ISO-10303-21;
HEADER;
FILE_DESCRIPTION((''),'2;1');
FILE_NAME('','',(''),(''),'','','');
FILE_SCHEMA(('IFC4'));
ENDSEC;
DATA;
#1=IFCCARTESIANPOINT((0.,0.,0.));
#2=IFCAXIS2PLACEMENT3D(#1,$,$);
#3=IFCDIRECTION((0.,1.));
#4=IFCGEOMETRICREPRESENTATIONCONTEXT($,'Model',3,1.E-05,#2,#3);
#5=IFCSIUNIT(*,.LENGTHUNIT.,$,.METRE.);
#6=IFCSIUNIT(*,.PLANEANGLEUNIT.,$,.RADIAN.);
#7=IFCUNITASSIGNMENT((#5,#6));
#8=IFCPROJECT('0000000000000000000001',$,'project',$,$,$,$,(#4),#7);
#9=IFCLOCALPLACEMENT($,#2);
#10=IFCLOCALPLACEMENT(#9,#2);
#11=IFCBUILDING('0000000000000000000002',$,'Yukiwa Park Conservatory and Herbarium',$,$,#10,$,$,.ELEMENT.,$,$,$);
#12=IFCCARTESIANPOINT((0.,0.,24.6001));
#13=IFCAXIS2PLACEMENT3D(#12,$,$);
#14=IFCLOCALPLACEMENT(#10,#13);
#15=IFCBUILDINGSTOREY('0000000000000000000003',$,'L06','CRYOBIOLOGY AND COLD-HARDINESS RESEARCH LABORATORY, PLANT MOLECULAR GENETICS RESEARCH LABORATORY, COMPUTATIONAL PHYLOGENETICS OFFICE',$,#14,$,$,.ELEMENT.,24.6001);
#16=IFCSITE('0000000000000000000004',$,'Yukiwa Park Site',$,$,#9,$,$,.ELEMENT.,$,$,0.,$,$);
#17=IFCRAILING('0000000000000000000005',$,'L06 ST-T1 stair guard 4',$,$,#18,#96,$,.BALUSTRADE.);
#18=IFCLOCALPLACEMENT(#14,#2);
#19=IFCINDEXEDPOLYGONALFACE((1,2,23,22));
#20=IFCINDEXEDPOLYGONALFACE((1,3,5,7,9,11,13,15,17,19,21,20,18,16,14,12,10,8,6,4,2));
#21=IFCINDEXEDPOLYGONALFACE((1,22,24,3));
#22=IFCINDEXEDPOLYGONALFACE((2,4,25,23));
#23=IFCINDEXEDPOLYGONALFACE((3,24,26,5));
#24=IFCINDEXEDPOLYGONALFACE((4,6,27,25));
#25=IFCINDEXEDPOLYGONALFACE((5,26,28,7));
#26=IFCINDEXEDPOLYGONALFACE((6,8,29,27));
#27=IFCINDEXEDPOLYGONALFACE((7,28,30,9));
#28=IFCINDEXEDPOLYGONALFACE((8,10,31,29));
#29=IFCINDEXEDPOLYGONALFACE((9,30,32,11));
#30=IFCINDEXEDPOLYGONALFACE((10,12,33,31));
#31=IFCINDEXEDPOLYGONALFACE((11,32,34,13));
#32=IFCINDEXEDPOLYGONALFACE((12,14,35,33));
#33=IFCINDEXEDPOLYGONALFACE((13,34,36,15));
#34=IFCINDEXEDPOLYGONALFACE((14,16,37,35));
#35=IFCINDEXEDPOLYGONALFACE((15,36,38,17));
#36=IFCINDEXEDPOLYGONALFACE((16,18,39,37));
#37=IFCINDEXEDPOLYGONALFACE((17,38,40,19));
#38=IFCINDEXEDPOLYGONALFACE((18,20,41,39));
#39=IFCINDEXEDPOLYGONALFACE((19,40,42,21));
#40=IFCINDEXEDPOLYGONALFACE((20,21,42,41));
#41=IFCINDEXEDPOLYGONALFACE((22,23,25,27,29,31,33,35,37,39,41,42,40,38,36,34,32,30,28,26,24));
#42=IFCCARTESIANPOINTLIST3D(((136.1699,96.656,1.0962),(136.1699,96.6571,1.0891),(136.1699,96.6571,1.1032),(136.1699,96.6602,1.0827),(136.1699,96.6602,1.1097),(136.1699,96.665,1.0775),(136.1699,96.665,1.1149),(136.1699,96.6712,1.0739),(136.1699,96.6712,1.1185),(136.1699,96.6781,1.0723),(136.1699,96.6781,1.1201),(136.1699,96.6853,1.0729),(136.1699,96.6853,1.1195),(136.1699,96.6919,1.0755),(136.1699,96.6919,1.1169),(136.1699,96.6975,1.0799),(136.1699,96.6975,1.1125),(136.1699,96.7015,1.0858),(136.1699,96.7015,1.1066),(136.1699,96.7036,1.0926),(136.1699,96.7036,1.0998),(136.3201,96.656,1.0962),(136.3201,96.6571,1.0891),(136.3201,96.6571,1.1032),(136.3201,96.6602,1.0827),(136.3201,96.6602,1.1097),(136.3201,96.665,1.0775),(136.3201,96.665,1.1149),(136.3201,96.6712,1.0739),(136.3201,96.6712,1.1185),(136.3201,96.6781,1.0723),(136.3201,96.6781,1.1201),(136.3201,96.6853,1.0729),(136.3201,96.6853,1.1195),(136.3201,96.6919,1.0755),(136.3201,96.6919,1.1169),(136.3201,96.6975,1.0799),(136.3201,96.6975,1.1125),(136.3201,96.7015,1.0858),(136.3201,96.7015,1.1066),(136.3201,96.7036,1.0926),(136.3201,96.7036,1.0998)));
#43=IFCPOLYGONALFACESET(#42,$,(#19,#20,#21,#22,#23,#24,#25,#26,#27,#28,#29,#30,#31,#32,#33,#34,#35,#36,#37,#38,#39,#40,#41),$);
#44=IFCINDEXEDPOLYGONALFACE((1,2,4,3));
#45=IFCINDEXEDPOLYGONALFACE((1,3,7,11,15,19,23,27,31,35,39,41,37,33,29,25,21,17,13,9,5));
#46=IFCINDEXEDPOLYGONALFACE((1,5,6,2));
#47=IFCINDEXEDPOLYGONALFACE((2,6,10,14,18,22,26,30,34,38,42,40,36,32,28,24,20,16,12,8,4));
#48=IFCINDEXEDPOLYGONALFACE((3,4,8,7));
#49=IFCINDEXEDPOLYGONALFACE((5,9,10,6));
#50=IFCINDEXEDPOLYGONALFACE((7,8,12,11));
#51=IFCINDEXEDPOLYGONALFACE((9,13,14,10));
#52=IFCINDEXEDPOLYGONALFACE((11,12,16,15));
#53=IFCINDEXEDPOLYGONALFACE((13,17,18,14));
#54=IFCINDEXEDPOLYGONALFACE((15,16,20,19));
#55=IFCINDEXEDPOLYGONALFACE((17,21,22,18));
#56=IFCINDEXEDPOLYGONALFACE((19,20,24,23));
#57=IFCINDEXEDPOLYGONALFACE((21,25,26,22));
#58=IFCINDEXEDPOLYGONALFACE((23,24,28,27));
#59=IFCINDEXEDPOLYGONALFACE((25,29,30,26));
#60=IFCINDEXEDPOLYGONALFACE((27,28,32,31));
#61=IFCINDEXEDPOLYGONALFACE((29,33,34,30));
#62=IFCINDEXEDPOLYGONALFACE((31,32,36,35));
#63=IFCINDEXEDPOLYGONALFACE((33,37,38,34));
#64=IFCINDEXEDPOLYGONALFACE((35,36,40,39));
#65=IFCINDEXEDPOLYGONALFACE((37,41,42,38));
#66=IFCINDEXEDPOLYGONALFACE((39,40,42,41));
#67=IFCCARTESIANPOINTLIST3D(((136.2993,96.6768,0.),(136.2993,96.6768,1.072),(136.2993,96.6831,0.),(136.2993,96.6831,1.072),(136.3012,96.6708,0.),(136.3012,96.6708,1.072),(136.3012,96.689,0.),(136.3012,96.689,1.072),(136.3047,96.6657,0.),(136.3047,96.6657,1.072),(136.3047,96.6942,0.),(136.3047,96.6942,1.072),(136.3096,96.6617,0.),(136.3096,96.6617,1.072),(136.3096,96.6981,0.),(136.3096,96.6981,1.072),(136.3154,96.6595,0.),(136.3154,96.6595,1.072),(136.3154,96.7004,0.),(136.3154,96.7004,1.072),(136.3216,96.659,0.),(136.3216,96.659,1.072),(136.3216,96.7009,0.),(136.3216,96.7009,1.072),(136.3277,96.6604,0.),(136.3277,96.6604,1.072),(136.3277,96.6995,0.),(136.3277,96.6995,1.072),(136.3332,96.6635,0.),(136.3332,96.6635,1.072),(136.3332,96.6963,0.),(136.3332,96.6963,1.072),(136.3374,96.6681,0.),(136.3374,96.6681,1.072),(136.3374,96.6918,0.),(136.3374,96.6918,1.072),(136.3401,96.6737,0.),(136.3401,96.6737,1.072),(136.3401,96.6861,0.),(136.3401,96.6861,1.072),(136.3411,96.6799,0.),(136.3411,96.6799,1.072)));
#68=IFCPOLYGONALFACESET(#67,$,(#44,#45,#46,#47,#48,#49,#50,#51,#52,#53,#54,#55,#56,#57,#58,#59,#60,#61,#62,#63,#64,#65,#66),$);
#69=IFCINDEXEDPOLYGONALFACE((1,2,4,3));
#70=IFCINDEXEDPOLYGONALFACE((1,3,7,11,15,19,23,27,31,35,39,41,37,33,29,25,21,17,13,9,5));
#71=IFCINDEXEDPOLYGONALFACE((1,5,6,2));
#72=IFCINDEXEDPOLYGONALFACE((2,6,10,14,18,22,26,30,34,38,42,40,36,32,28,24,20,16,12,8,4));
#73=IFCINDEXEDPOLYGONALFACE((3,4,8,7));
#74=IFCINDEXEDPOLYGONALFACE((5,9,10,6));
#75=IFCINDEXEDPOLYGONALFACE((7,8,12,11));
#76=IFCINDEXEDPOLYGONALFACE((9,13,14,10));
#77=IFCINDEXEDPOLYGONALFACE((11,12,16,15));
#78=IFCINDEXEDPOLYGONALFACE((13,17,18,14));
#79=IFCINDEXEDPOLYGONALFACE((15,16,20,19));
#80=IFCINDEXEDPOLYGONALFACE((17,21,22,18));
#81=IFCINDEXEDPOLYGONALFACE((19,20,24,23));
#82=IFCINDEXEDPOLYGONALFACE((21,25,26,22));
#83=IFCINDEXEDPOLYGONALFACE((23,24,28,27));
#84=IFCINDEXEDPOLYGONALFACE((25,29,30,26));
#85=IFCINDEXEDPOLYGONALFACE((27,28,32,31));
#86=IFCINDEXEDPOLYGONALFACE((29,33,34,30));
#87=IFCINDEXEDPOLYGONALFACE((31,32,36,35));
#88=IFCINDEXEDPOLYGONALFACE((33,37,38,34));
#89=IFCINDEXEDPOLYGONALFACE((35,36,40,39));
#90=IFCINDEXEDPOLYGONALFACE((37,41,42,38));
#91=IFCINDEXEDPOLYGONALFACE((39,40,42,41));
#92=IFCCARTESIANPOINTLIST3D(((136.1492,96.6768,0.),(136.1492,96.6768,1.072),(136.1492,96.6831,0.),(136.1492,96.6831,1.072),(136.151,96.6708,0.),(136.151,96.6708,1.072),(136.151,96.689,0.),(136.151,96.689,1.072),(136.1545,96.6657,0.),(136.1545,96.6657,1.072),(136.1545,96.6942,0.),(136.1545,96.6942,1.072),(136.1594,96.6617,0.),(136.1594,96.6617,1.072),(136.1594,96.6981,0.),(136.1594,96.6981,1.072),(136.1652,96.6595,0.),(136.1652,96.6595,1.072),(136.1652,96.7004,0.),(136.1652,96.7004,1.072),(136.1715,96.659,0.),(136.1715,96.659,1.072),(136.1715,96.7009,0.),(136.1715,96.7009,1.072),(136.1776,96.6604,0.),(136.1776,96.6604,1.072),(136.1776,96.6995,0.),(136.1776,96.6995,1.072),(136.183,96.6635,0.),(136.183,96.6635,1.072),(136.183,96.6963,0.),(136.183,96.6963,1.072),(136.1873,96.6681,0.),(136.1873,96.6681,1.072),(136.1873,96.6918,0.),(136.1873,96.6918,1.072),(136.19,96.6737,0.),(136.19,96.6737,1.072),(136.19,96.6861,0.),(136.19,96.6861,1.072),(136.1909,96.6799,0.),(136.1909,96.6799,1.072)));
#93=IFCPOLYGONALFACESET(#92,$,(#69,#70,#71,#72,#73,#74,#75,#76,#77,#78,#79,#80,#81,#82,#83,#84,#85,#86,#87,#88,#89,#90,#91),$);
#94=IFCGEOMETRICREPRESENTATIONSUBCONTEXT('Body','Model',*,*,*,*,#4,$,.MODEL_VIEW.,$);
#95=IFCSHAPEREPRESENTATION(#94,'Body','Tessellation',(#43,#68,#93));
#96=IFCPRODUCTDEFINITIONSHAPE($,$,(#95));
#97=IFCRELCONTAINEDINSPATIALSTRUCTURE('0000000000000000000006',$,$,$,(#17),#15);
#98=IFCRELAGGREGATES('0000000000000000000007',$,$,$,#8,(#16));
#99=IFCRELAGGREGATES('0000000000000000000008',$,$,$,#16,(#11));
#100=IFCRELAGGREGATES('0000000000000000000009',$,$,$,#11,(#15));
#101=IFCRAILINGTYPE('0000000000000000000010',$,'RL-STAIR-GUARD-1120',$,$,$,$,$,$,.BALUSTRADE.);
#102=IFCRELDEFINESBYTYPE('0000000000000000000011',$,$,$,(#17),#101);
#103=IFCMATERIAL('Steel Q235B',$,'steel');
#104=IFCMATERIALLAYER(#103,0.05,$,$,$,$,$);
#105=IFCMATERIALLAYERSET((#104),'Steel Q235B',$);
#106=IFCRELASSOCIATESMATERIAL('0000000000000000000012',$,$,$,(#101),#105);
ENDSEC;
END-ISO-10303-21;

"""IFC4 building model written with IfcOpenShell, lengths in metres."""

from ifc_helpers import new_model, si_unit, direction, frame, origin, origin_2d, place, context, subcontext, project, spatial, circle, extrude, material, layer, layer_set, type_object, element, save


model = new_model("IFC4")

# Units and contexts
model_context = context("Model", 3, precision=1e-05, world=origin(), true_north=direction((0.0, 1.0)))
body_context = subcontext(model_context, "Body", "Model", "MODEL_VIEW")
ifc_project = project(units=[si_unit("LENGTHUNIT", "METRE"), si_unit("PLANEANGLEUNIT", "RADIAN")], contexts=[model_context])

# Site, building, storey
site_placement = place(None, origin())
site = spatial("IfcSite", under=ifc_project, at=site_placement, Name="Yukiwa Park Site", CompositionType="ELEMENT", RefElevation=0.0)
building_placement = place(site_placement, origin())
building = spatial("IfcBuilding", under=site, at=building_placement, Name="Yukiwa Park Conservatory and Herbarium", CompositionType="ELEMENT")
storey_placement = place(building_placement, frame((0.0, 0.0, 24.6001)))
storey = spatial("IfcBuildingStorey", under=building, at=storey_placement, Name="L06", Description="CRYOBIOLOGY AND COLD-HARDINESS RESEARCH LABORATORY, PLANT MOLECULAR GENETICS RESEARCH LABORATORY, COMPUTATIONAL PHYLOGENETICS OFFICE", CompositionType="ELEMENT", Elevation=24.6001)

# Railing
ifc_material_1 = material(Name="Steel Q235B", Category="steel")
ifc_layer_1 = layer(ifc_material_1, 0.05)
ifc_layer_set_1 = layer_set([ifc_layer_1], Name="Steel Q235B")
railing_type_1 = type_object("IfcRailingType", Name="RL-STAIR-GUARD-1120", PredefinedType="BALUSTRADE", material=ifc_layer_set_1)
railing_1_placement = place(storey_placement, frame((136.3201, 96.6799, 0.0)))
element("IfcRailing", 1, at=railing_1_placement, inside=storey, type_object=railing_type_1, Name="L06 ST-T1 stair guard 4", PredefinedType="BALUSTRADE", context=body_context, shape_type="SweptSolid", body=[
    extrude(circle(Radius=0.0239, at=origin_2d()), frame((0.0, 0.0, 1.0962), z_axis=(-1.0, 0.0, 0.0), x_axis=(0.0, -1.0, 0.0)), (0.0, 0.0, 1.0), 0.1501),
    extrude(circle(Radius=0.021, at=origin_2d()), origin(), (0.0, 0.0, 1.0), 1.072),
    extrude(circle(Radius=0.021, at=origin_2d()), frame((-0.1501, 0.0, 0.0)), (0.0, 0.0, 1.0), 1.072),
])

save(model, "model.ifc")
